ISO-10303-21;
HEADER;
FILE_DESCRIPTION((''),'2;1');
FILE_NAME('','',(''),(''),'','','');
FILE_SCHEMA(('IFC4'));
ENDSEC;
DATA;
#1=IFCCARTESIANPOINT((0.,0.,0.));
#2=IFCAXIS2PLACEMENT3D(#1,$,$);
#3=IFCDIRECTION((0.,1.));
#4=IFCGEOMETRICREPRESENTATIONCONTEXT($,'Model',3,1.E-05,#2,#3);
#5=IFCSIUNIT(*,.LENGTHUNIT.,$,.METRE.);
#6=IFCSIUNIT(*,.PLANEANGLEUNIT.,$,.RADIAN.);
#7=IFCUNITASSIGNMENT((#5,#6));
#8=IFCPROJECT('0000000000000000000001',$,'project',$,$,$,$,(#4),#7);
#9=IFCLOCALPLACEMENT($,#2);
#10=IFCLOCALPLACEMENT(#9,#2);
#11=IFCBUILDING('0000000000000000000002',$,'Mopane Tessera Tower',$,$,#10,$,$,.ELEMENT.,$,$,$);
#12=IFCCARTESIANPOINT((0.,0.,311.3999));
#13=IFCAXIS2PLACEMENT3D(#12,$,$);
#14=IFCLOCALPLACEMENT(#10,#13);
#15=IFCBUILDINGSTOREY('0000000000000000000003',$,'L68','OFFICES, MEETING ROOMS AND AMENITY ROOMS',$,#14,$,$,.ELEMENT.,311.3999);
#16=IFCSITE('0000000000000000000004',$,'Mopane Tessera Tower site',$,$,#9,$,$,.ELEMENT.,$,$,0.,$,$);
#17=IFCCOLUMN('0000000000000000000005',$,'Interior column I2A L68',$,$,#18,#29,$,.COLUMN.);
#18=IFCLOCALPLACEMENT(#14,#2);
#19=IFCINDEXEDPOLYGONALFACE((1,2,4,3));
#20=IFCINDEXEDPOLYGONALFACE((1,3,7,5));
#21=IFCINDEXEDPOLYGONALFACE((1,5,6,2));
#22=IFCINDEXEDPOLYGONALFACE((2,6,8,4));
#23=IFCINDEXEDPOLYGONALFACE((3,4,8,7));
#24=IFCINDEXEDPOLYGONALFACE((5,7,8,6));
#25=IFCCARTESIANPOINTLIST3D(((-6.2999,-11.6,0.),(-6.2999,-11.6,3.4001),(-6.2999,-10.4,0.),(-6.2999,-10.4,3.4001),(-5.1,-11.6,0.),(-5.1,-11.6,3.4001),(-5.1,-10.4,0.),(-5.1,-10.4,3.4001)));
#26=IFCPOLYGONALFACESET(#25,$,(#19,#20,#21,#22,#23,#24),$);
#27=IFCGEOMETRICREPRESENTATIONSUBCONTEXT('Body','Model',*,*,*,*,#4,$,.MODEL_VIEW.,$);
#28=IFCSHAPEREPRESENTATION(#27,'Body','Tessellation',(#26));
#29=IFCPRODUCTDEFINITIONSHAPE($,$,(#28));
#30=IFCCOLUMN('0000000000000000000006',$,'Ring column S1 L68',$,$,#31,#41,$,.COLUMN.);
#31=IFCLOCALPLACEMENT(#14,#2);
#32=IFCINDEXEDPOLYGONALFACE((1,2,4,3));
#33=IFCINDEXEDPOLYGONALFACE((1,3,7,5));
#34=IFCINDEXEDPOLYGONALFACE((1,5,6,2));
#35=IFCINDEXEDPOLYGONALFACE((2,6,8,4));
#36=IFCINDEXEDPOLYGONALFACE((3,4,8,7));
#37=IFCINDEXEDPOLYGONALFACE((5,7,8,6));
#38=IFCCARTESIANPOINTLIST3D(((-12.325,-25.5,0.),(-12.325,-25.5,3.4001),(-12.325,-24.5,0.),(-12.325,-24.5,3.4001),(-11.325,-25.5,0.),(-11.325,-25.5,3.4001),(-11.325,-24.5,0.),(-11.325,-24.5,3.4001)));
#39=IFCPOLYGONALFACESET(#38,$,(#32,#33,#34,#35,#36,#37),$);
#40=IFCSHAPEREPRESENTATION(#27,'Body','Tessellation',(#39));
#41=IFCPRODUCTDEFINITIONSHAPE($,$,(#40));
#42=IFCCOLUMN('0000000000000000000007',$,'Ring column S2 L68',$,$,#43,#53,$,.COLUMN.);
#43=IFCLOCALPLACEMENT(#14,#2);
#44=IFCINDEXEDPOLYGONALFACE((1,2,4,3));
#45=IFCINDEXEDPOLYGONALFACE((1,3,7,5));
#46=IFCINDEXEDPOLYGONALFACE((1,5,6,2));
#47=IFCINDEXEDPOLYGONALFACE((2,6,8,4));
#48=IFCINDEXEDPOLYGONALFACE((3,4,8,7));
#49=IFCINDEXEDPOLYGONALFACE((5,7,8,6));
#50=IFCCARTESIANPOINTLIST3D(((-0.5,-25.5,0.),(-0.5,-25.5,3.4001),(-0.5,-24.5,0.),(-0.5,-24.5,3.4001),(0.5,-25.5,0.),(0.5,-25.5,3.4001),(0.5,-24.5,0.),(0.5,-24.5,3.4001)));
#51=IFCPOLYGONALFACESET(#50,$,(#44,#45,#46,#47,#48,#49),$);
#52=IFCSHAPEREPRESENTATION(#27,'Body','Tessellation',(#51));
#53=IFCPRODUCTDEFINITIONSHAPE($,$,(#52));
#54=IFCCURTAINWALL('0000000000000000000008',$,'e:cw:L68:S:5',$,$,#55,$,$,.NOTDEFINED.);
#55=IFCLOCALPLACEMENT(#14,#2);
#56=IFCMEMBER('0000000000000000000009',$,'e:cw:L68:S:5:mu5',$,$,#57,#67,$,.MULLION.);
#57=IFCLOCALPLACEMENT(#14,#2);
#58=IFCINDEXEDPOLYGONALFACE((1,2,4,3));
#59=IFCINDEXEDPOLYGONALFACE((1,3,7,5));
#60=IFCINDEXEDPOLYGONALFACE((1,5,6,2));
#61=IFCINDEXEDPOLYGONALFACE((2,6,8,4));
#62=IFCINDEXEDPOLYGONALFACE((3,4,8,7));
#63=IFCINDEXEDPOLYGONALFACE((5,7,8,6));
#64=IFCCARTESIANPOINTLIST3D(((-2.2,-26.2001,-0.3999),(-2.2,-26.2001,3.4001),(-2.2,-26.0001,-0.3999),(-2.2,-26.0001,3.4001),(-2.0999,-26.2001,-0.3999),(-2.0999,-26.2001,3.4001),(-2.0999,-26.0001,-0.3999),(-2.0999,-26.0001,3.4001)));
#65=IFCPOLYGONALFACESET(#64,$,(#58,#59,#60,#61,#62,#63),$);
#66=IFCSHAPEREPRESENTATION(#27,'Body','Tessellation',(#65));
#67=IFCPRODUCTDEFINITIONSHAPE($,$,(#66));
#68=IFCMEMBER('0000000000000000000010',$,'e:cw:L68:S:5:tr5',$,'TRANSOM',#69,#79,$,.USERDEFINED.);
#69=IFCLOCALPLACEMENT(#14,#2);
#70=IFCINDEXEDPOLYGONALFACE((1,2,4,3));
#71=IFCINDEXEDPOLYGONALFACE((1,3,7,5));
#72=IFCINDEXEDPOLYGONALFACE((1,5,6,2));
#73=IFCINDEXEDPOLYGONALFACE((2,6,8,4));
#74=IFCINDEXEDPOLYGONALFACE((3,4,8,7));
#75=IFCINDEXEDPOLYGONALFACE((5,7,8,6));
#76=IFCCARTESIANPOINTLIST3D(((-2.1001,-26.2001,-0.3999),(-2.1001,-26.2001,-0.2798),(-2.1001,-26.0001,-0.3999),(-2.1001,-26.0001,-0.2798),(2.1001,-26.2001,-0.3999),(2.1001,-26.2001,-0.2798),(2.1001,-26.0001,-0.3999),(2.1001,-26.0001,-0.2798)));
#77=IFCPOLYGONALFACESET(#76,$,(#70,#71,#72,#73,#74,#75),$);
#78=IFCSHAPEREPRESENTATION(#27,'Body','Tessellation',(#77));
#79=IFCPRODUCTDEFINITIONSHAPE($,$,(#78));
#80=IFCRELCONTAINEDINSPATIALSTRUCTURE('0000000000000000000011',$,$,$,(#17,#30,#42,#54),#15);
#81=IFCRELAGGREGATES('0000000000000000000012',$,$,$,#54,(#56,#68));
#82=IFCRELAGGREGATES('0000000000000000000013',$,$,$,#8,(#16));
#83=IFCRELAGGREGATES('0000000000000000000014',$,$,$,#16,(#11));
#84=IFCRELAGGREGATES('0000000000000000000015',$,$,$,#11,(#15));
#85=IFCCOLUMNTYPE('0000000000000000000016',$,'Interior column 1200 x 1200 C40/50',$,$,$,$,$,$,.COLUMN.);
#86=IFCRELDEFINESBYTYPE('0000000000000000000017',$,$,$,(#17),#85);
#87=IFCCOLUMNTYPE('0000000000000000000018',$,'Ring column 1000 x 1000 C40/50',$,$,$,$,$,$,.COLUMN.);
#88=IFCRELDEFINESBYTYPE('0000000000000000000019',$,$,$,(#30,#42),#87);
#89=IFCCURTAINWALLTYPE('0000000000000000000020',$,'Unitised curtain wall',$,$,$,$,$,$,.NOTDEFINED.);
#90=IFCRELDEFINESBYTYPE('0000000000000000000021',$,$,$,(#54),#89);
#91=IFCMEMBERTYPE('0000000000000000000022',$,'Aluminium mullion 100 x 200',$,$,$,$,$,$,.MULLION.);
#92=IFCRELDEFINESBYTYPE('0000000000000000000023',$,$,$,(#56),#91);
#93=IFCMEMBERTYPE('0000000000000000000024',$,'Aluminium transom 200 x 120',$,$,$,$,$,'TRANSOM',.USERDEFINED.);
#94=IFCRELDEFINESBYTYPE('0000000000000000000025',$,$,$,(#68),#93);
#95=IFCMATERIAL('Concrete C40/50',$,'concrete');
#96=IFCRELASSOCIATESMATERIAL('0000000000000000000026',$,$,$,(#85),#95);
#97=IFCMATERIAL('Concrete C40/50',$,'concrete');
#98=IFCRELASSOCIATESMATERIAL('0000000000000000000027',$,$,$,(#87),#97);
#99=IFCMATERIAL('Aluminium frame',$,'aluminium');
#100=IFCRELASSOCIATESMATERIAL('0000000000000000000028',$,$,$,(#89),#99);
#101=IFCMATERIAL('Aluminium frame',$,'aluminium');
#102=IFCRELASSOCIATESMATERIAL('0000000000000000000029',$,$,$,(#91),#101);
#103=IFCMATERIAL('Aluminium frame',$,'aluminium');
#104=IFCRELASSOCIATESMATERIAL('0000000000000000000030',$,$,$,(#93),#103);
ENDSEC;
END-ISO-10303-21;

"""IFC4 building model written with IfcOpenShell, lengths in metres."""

from ifc_helpers import new_model, si_unit, direction, frame, origin, origin_2d, place, context, subcontext, project, spatial, rectangle, extrude, material, material_profile, profile_set, type_object, element, aggregate, save


model = new_model("IFC4")

# Units and contexts
model_context = context("Model", 3, precision=1e-05, world=origin(), true_north=direction((0.0, 1.0)))
body_context = subcontext(model_context, "Body", "Model", "MODEL_VIEW")
ifc_project = project(units=[si_unit("LENGTHUNIT", "METRE"), si_unit("PLANEANGLEUNIT", "RADIAN")], contexts=[model_context])

# Site, building, storey
site_placement = place(None, origin())
site = spatial("IfcSite", under=ifc_project, at=site_placement, Name="Mopane Tessera Tower site", CompositionType="ELEMENT", RefElevation=0.0)
building_placement = place(site_placement, origin())
building = spatial("IfcBuilding", under=site, at=building_placement, Name="Mopane Tessera Tower", CompositionType="ELEMENT")
storey_placement = place(building_placement, frame((0.0, 0.0, 311.3999)))
storey = spatial("IfcBuildingStorey", under=building, at=storey_placement, Name="L68", Description="OFFICES, MEETING ROOMS AND AMENITY ROOMS", CompositionType="ELEMENT", Elevation=311.3999)

# Columns
ifc_material_1 = material(Name="Concrete C40/50", Category="concrete")
ifc_material_profile_1 = material_profile(ifc_material_1, rectangle(XDim=1.2, YDim=1.2, at=origin_2d()))
ifc_profile_set_1 = profile_set([ifc_material_profile_1], Name="Concrete C40/50")
column_type_1 = type_object("IfcColumnType", Name="Interior column 1200 x 1200 C40/50", PredefinedType="COLUMN", material=ifc_profile_set_1)
column_placement = place(storey_placement, frame((-5.7, -11.0, 0.0), z_axis=(0.0, 0.0, 1.0), x_axis=(1.0, 0.0, 0.0)))
element("IfcColumn", 1, at=column_placement, inside=storey, type_object=column_type_1, Name="Interior column I2A L68", PredefinedType="COLUMN", context=body_context, shape_type="SweptSolid", body=[
    extrude(rectangle(XDim=1.2, YDim=1.2, at=origin_2d()), origin(), (0.0, 0.0, 1.0), 3.4001),
])
ifc_material_2 = material(Name="Concrete C40/50", Category="concrete")
ifc_material_profile_2 = material_profile(ifc_material_2, rectangle(XDim=1.0, YDim=1.0, at=origin_2d()))
ifc_profile_set_2 = profile_set([ifc_material_profile_2], Name="Concrete C40/50")
column_type_2 = type_object("IfcColumnType", Name="Ring column 1000 x 1000 C40/50", PredefinedType="COLUMN", material=ifc_profile_set_2)
for number, where, z_axis, x_axis, name in (
    (2, (-11.825, -25.0, 0.0), (0.0, 0.0, 1.0), (1.0, 0.0, 0.0), "Ring column S1 L68"),
    (3, (0.0, -25.0, 0.0), (0.0, 0.0, 1.0), (1.0, 0.0, 0.0), "Ring column S2 L68"),
):
    element("IfcColumn", number, at=place(storey_placement, frame(where, z_axis=z_axis, x_axis=x_axis)), inside=storey, type_object=column_type_2, Name=name, PredefinedType="COLUMN", context=body_context, shape_type="SweptSolid", body=[
        extrude(rectangle(XDim=1.0, YDim=1.0, at=origin_2d()), origin(), (0.0, 0.0, 1.0), 3.4001),
    ])

# Curtain wall, members
ifc_material_3 = material(Name="Aluminium frame", Category="aluminium")
curtain_wall_type = type_object("IfcCurtainWallType", Name="Unitised curtain wall", PredefinedType="NOTDEFINED", material=ifc_material_3)
curtain_wall_placement = place(storey_placement, origin())
curtain_wall = element("IfcCurtainWall", 4, at=curtain_wall_placement, inside=storey, type_object=curtain_wall_type, Name="e:cw:L68:S:5", PredefinedType="NOTDEFINED")
ifc_material_4 = material(Name="Aluminium frame", Category="aluminium")
ifc_material_profile_3 = material_profile(ifc_material_4, rectangle(XDim=0.1001, YDim=0.2, at=origin_2d()))
ifc_profile_set_3 = profile_set([ifc_material_profile_3], Name="Aluminium frame")
member_type_1 = type_object("IfcMemberType", Name="Aluminium mullion 100 x 200", PredefinedType="MULLION", material=ifc_profile_set_3)
member_1_placement = place(storey_placement, frame((-2.1499, -26.1001, -0.3999), z_axis=(0.0, 0.0, 1.0), x_axis=(1.0, 0.0, 0.0)))
member_1 = element("IfcMember", 5, at=member_1_placement, type_object=member_type_1, Name="e:cw:L68:S:5:mu5", PredefinedType="MULLION", context=body_context, shape_type="SweptSolid", body=[
    extrude(rectangle(XDim=0.1001, YDim=0.2, at=origin_2d()), origin(), (0.0, 0.0, 1.0), 3.8),
])
ifc_material_5 = material(Name="Aluminium frame", Category="aluminium")
ifc_material_profile_4 = material_profile(ifc_material_5, rectangle(XDim=0.2, YDim=0.1201, at=origin_2d()))
ifc_profile_set_4 = profile_set([ifc_material_profile_4], Name="Aluminium frame")
member_type_2 = type_object("IfcMemberType", Name="Aluminium transom 200 x 120", ElementType="TRANSOM", PredefinedType="USERDEFINED", material=ifc_profile_set_4)
member_2_placement = place(storey_placement, frame((-2.1001, -26.1001, -0.3398), z_axis=(1.0, 0.0, 0.0), x_axis=(0.0, 1.0, 0.0)))
member_2 = element("IfcMember", 6, at=member_2_placement, type_object=member_type_2, Name="e:cw:L68:S:5:tr5", ObjectType="TRANSOM", PredefinedType="USERDEFINED", context=body_context, shape_type="SweptSolid", body=[
    extrude(rectangle(XDim=0.2, YDim=0.1201, at=origin_2d()), origin(), (0.0, 0.0, 1.0), 4.2002),
])
aggregate(curtain_wall, [member_1, member_2])

save(model, "model.ifc")
